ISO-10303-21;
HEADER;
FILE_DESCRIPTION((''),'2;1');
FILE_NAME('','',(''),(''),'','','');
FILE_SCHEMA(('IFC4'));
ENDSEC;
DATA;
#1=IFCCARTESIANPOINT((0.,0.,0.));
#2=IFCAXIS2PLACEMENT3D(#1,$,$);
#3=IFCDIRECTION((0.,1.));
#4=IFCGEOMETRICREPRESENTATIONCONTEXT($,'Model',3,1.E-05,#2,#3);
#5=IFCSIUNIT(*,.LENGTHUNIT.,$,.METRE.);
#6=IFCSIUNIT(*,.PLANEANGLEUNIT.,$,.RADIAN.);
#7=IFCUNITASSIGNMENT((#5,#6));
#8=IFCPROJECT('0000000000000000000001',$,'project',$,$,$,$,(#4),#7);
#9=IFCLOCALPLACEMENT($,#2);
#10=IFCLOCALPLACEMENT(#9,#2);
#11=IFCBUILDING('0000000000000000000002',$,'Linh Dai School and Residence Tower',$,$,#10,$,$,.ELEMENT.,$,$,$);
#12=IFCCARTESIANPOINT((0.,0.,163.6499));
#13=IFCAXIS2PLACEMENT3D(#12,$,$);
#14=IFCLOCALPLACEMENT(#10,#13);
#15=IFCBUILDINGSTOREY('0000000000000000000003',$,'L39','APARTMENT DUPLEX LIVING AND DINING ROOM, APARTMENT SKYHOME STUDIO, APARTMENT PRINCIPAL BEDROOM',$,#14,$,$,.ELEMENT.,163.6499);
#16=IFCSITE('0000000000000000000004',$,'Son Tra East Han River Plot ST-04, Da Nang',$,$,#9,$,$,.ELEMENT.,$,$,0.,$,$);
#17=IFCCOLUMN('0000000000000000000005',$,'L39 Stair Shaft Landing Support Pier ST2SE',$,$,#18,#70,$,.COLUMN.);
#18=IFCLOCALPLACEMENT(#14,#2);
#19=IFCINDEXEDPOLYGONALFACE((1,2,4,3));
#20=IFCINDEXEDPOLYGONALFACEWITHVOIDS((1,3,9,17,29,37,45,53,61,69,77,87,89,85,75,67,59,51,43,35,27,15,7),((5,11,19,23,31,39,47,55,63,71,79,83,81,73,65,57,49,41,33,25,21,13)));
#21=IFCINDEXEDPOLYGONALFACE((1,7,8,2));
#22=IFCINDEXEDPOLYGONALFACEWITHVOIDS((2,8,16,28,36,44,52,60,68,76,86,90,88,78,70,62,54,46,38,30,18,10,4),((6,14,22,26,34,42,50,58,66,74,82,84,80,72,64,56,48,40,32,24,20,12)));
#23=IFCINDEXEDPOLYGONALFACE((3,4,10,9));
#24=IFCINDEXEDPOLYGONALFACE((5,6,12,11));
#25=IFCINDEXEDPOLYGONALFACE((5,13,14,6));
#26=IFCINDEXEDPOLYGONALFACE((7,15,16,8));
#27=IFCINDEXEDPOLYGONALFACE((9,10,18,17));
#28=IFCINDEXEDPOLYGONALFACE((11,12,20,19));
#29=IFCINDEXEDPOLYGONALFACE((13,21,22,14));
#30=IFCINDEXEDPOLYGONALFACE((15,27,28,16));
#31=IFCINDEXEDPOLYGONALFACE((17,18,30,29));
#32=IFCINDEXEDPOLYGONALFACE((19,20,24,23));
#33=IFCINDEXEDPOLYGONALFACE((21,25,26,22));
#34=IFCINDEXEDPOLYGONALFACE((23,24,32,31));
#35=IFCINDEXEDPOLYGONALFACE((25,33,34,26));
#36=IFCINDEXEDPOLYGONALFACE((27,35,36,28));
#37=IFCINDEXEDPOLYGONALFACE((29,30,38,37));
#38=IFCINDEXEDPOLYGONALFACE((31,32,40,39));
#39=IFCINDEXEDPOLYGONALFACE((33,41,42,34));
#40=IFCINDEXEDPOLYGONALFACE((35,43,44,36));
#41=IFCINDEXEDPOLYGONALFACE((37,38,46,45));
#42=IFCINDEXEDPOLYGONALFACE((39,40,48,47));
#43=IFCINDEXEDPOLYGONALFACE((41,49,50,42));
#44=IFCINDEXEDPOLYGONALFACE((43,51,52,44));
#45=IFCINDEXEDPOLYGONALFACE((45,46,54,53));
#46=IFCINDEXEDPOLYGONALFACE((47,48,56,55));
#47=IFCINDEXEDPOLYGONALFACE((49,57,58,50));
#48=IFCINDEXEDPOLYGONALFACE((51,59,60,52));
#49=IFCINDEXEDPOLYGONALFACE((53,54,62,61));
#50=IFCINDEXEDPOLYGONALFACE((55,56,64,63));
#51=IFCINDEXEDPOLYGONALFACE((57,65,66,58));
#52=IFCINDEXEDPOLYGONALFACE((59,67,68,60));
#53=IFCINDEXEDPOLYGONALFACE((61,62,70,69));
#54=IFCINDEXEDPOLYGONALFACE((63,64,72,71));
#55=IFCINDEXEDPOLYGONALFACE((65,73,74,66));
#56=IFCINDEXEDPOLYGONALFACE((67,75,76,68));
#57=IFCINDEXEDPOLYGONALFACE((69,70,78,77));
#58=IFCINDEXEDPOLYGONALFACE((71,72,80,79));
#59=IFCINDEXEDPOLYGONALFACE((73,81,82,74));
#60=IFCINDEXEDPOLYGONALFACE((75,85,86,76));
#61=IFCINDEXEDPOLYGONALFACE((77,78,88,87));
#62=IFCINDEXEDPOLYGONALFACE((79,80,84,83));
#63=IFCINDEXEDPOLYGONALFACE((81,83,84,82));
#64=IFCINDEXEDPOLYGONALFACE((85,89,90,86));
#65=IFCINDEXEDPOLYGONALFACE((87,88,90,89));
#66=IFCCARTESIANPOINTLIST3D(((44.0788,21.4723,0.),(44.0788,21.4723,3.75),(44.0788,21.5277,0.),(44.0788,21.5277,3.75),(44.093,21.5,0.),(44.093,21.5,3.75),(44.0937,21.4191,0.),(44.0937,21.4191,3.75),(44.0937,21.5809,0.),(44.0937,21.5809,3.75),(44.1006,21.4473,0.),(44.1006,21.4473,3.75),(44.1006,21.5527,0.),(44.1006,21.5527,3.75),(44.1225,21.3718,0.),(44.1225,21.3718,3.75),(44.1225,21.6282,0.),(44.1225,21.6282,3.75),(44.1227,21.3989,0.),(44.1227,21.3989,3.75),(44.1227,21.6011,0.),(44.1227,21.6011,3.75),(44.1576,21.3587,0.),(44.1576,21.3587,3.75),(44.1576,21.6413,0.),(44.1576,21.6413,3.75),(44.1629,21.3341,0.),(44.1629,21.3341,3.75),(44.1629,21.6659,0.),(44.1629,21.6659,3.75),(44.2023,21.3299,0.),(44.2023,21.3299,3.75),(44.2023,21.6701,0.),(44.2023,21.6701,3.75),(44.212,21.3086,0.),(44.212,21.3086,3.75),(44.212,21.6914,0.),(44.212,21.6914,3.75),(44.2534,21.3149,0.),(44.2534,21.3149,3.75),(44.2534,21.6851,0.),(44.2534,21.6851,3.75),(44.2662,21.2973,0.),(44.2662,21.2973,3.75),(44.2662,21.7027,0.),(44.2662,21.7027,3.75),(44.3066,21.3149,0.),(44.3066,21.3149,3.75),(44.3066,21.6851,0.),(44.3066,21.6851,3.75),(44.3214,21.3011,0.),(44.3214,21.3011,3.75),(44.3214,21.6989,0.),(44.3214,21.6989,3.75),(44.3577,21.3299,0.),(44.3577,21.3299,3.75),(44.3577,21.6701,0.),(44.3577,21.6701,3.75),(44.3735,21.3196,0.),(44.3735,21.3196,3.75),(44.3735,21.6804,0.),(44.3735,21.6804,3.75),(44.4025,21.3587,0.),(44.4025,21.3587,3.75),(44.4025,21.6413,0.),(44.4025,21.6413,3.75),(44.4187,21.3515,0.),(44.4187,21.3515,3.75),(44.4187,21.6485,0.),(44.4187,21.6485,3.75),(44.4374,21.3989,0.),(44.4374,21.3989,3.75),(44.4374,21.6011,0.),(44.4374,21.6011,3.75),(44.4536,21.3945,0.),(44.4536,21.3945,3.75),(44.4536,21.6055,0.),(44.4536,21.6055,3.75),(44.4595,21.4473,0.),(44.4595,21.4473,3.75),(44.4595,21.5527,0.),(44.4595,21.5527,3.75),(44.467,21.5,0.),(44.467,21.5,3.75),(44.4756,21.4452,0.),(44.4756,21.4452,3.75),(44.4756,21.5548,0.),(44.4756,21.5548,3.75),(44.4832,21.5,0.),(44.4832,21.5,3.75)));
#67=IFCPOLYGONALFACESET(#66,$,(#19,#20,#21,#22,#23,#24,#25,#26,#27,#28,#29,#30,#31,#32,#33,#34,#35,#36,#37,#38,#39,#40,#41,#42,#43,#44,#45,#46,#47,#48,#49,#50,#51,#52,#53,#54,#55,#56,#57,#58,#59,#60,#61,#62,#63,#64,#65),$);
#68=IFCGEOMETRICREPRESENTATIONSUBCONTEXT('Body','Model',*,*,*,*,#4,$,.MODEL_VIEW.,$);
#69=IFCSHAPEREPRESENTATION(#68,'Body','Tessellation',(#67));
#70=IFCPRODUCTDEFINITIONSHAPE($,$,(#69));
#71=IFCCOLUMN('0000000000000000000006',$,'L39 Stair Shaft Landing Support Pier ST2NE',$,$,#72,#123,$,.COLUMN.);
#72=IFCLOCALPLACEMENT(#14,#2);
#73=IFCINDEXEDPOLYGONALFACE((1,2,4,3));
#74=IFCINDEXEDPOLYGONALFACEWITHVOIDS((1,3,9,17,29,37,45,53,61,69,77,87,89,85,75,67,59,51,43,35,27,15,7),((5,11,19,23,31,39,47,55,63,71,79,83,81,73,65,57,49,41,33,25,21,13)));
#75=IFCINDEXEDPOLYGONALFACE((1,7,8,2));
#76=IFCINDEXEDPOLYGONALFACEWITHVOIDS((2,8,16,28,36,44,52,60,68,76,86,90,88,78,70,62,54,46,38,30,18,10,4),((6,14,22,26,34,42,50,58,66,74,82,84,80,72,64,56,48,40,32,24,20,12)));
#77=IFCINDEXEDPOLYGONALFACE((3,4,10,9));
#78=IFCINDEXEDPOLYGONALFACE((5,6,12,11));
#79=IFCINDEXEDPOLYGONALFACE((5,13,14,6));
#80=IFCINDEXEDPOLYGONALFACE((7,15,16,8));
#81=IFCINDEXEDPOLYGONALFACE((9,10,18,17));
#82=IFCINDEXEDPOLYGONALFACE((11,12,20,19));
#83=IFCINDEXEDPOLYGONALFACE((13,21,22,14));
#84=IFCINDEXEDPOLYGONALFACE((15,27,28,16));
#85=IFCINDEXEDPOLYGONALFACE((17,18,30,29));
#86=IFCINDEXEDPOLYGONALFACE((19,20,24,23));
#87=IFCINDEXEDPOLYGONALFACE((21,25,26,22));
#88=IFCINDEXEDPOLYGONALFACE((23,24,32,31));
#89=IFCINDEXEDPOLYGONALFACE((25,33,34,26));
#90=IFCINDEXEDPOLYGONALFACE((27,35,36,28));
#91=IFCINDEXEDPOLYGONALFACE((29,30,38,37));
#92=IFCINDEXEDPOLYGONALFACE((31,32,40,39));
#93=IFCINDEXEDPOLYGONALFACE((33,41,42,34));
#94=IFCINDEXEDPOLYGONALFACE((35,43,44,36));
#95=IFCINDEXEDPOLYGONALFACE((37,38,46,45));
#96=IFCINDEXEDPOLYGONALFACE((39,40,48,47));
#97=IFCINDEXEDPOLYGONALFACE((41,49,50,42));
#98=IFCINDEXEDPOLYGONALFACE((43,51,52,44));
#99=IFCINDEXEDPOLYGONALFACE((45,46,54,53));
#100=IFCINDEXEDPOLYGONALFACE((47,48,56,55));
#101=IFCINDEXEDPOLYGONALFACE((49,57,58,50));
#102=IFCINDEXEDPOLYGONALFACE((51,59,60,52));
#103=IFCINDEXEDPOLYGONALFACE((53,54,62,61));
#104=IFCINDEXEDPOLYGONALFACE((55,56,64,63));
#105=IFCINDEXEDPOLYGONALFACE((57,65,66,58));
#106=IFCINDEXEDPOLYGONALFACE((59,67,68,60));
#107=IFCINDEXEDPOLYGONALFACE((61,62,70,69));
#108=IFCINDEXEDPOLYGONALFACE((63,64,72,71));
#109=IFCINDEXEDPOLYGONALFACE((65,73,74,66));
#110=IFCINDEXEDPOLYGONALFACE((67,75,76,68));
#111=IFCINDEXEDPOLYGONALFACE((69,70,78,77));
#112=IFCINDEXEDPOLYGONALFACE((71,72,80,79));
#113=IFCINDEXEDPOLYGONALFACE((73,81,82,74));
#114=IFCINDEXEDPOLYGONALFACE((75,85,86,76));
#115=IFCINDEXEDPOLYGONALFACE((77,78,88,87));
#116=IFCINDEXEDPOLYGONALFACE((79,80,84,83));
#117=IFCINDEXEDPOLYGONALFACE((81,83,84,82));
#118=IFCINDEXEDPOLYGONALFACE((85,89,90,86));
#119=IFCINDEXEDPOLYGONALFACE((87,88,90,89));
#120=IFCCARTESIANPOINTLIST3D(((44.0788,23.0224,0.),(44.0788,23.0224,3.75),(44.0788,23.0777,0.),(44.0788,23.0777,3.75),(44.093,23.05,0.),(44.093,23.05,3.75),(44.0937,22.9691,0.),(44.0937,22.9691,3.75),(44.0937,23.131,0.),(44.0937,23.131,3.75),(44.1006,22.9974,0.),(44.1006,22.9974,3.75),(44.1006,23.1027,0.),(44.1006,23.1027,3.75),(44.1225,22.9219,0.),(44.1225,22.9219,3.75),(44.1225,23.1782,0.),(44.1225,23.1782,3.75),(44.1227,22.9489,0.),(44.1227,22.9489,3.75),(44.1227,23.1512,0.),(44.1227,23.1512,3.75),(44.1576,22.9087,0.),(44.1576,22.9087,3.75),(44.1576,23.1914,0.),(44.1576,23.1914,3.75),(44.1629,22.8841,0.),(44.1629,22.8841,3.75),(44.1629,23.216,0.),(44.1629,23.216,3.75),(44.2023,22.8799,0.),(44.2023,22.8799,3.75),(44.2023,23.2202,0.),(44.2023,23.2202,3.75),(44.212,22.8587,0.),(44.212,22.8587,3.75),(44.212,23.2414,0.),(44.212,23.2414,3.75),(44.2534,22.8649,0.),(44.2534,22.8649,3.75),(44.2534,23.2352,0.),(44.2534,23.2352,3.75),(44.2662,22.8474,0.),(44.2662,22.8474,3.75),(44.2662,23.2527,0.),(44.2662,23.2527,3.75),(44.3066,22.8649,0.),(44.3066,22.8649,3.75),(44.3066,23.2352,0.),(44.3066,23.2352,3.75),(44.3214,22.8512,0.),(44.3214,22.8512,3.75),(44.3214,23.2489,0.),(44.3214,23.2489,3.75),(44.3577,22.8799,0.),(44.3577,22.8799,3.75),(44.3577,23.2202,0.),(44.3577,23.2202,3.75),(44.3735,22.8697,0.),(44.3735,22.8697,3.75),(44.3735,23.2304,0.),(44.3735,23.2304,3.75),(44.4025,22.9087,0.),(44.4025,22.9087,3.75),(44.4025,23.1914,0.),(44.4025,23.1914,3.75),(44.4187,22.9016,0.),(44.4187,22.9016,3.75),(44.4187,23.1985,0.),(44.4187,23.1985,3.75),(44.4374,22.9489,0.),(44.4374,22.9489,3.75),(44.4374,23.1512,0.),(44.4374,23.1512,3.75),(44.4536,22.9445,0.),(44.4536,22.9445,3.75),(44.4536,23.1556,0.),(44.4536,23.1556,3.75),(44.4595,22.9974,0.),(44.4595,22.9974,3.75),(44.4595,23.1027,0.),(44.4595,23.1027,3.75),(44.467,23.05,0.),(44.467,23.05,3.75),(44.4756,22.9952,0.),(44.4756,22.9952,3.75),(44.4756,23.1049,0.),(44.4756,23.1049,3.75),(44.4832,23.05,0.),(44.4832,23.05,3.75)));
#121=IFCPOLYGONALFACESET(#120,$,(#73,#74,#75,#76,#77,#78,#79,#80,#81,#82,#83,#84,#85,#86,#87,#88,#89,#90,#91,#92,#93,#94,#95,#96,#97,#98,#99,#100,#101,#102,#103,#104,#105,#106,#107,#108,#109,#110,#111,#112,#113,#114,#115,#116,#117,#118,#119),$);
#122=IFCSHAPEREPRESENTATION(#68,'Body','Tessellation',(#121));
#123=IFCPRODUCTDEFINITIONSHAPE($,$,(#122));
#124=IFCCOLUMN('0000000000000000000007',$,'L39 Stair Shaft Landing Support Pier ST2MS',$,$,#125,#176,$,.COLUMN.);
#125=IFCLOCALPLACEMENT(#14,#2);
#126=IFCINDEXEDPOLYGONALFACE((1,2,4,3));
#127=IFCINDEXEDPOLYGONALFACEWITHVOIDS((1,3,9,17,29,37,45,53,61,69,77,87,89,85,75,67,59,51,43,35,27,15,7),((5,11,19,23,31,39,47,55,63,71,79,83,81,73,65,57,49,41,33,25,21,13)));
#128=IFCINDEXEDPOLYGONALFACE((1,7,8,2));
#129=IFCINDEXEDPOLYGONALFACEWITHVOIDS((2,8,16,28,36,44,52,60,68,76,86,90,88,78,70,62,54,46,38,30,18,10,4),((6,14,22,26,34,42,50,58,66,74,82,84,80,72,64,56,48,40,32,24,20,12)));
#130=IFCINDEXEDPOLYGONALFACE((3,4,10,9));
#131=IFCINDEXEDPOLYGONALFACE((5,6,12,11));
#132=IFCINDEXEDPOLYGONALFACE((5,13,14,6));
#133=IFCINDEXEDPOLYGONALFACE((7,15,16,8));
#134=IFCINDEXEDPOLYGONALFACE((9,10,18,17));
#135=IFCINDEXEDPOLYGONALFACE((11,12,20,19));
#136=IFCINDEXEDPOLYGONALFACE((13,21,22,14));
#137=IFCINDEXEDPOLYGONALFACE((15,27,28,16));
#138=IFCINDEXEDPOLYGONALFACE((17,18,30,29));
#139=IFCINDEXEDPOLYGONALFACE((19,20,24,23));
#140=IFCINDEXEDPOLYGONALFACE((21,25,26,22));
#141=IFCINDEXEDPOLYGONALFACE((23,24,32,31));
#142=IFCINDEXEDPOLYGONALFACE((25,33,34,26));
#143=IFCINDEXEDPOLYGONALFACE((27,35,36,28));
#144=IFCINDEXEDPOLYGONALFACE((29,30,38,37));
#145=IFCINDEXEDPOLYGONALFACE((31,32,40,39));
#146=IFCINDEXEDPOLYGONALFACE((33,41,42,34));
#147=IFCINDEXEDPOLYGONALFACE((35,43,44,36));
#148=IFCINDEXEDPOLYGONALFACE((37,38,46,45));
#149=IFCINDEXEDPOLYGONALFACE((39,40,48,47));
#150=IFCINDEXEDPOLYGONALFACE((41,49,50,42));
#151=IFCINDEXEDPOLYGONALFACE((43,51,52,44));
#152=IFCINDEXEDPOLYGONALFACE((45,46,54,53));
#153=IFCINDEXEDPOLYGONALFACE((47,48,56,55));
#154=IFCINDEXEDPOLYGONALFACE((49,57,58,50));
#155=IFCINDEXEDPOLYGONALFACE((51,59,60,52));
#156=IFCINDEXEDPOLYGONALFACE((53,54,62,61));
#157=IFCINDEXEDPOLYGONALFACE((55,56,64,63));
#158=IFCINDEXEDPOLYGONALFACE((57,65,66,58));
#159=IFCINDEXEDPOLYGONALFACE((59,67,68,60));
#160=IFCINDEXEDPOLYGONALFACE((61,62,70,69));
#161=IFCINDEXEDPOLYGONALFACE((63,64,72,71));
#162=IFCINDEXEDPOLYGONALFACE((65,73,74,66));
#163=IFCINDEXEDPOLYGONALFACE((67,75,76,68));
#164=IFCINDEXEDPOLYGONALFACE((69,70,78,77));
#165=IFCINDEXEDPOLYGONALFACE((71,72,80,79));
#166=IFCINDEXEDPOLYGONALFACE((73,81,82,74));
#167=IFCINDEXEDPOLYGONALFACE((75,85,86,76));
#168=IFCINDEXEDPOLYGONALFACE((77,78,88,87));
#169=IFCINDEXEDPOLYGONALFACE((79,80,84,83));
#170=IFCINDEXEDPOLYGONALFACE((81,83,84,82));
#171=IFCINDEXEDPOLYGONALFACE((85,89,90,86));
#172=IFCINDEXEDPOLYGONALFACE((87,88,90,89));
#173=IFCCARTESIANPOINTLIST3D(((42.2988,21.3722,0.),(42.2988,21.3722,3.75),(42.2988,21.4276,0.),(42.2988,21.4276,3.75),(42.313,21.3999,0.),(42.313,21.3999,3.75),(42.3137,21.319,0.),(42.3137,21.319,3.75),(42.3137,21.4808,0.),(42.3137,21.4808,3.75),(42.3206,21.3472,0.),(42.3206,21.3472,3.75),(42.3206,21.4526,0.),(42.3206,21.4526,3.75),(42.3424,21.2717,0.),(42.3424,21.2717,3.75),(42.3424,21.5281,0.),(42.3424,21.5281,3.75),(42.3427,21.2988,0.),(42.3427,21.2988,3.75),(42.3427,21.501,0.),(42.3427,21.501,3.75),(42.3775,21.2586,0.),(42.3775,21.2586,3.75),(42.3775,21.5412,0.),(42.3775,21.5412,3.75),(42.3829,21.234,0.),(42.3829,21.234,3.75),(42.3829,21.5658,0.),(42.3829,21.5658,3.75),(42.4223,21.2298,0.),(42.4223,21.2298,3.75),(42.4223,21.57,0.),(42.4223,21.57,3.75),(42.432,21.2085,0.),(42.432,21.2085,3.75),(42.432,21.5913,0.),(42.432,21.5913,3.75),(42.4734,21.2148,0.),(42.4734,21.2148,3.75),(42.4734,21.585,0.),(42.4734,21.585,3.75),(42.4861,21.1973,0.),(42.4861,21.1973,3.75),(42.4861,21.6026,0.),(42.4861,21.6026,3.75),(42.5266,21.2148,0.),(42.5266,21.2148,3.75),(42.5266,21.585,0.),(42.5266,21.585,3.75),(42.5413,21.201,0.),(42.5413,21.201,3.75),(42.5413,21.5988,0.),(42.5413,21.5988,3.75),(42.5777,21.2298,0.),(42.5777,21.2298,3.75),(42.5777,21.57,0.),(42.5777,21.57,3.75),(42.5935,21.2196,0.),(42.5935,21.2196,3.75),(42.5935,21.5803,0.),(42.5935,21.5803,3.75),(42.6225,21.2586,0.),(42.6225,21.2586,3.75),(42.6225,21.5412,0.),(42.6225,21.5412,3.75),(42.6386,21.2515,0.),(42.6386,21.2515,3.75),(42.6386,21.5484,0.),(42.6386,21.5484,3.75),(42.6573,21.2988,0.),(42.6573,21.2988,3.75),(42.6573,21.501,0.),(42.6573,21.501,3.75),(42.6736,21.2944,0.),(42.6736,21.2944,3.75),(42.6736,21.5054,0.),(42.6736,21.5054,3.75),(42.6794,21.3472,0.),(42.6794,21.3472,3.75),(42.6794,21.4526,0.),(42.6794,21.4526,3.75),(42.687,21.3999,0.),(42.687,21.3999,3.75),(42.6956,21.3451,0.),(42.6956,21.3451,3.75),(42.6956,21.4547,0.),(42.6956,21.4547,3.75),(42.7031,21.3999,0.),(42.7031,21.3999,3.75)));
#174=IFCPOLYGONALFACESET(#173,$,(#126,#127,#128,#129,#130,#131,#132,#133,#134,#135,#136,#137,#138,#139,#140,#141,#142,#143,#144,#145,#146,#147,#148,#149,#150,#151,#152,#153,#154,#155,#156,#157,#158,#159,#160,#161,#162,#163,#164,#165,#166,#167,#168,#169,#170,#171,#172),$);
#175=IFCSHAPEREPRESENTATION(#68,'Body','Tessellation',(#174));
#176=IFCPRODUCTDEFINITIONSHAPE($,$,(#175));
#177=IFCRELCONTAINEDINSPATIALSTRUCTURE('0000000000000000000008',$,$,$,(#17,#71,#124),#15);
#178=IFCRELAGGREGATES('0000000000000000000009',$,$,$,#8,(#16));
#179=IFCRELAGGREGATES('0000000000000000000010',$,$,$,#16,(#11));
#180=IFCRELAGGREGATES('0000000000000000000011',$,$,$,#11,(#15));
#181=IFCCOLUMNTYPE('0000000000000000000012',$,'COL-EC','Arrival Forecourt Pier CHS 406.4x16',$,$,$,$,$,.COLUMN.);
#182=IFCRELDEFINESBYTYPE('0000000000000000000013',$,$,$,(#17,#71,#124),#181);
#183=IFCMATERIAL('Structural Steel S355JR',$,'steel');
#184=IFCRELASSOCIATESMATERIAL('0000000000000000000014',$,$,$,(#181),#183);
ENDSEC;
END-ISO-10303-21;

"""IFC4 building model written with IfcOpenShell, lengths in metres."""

from ifc_helpers import new_model, si_unit, direction, frame, origin, origin_2d, place, context, subcontext, project, spatial, hollow_circle, extrude, material, material_profile, profile_set, type_object, element, save


model = new_model("IFC4")

# Units and contexts
model_context = context("Model", 3, precision=1e-05, world=origin(), true_north=direction((0.0, 1.0)))
body_context = subcontext(model_context, "Body", "Model", "MODEL_VIEW")
ifc_project = project(units=[si_unit("LENGTHUNIT", "METRE"), si_unit("PLANEANGLEUNIT", "RADIAN")], contexts=[model_context])

# Site, building, storey
site_placement = place(None, origin())
site = spatial("IfcSite", under=ifc_project, at=site_placement, Name="Son Tra East Han River Plot ST-04, Da Nang", CompositionType="ELEMENT", RefElevation=0.0)
building_placement = place(site_placement, origin())
building = spatial("IfcBuilding", under=site, at=building_placement, Name="Linh Dai School and Residence Tower", CompositionType="ELEMENT")
storey_placement = place(building_placement, frame((0.0, 0.0, 163.6499)))
storey = spatial("IfcBuildingStorey", under=building, at=storey_placement, Name="L39", Description="APARTMENT DUPLEX LIVING AND DINING ROOM, APARTMENT SKYHOME STUDIO, APARTMENT PRINCIPAL BEDROOM", CompositionType="ELEMENT", Elevation=163.6499)

# Columns
ifc_material_1 = material(Name="Structural Steel S355JR", Category="steel")
ifc_material_profile_1 = material_profile(ifc_material_1, hollow_circle(Radius=0.2031, WallThickness=0.0161, at=origin_2d()), Name="CHS 406.4x16")
ifc_profile_set_1 = profile_set([ifc_material_profile_1], Name="Structural Steel S355JR")
column_type_1 = type_object("IfcColumnType", Name="COL-EC", Description="Arrival Forecourt Pier CHS 406.4x16", PredefinedType="COLUMN", material=ifc_profile_set_1)
for number, where, z_axis, x_axis, name in (
    (1, (44.28, 21.5, 0.0), (0.0, 0.0, 1.0), (1.0, 0.0, 0.0), "L39 Stair Shaft Landing Support Pier ST2SE"),
    (2, (44.28, 23.05, 0.0), (0.0, 0.0, 1.0), (1.0, 0.0, 0.0), "L39 Stair Shaft Landing Support Pier ST2NE"),
    (3, (42.5, 21.3999, 0.0), (0.0, 0.0, 1.0), (1.0, 0.0, 0.0), "L39 Stair Shaft Landing Support Pier ST2MS"),
):
    element("IfcColumn", number, at=place(storey_placement, frame(where, z_axis=z_axis, x_axis=x_axis)), inside=storey, type_object=column_type_1, Name=name, PredefinedType="COLUMN", context=body_context, shape_type="SweptSolid", body=[
        extrude(hollow_circle(Radius=0.2031, WallThickness=0.0161, at=origin_2d()), origin(), (0.0, 0.0, 1.0), 3.75),
    ])

save(model, "model.ifc")
